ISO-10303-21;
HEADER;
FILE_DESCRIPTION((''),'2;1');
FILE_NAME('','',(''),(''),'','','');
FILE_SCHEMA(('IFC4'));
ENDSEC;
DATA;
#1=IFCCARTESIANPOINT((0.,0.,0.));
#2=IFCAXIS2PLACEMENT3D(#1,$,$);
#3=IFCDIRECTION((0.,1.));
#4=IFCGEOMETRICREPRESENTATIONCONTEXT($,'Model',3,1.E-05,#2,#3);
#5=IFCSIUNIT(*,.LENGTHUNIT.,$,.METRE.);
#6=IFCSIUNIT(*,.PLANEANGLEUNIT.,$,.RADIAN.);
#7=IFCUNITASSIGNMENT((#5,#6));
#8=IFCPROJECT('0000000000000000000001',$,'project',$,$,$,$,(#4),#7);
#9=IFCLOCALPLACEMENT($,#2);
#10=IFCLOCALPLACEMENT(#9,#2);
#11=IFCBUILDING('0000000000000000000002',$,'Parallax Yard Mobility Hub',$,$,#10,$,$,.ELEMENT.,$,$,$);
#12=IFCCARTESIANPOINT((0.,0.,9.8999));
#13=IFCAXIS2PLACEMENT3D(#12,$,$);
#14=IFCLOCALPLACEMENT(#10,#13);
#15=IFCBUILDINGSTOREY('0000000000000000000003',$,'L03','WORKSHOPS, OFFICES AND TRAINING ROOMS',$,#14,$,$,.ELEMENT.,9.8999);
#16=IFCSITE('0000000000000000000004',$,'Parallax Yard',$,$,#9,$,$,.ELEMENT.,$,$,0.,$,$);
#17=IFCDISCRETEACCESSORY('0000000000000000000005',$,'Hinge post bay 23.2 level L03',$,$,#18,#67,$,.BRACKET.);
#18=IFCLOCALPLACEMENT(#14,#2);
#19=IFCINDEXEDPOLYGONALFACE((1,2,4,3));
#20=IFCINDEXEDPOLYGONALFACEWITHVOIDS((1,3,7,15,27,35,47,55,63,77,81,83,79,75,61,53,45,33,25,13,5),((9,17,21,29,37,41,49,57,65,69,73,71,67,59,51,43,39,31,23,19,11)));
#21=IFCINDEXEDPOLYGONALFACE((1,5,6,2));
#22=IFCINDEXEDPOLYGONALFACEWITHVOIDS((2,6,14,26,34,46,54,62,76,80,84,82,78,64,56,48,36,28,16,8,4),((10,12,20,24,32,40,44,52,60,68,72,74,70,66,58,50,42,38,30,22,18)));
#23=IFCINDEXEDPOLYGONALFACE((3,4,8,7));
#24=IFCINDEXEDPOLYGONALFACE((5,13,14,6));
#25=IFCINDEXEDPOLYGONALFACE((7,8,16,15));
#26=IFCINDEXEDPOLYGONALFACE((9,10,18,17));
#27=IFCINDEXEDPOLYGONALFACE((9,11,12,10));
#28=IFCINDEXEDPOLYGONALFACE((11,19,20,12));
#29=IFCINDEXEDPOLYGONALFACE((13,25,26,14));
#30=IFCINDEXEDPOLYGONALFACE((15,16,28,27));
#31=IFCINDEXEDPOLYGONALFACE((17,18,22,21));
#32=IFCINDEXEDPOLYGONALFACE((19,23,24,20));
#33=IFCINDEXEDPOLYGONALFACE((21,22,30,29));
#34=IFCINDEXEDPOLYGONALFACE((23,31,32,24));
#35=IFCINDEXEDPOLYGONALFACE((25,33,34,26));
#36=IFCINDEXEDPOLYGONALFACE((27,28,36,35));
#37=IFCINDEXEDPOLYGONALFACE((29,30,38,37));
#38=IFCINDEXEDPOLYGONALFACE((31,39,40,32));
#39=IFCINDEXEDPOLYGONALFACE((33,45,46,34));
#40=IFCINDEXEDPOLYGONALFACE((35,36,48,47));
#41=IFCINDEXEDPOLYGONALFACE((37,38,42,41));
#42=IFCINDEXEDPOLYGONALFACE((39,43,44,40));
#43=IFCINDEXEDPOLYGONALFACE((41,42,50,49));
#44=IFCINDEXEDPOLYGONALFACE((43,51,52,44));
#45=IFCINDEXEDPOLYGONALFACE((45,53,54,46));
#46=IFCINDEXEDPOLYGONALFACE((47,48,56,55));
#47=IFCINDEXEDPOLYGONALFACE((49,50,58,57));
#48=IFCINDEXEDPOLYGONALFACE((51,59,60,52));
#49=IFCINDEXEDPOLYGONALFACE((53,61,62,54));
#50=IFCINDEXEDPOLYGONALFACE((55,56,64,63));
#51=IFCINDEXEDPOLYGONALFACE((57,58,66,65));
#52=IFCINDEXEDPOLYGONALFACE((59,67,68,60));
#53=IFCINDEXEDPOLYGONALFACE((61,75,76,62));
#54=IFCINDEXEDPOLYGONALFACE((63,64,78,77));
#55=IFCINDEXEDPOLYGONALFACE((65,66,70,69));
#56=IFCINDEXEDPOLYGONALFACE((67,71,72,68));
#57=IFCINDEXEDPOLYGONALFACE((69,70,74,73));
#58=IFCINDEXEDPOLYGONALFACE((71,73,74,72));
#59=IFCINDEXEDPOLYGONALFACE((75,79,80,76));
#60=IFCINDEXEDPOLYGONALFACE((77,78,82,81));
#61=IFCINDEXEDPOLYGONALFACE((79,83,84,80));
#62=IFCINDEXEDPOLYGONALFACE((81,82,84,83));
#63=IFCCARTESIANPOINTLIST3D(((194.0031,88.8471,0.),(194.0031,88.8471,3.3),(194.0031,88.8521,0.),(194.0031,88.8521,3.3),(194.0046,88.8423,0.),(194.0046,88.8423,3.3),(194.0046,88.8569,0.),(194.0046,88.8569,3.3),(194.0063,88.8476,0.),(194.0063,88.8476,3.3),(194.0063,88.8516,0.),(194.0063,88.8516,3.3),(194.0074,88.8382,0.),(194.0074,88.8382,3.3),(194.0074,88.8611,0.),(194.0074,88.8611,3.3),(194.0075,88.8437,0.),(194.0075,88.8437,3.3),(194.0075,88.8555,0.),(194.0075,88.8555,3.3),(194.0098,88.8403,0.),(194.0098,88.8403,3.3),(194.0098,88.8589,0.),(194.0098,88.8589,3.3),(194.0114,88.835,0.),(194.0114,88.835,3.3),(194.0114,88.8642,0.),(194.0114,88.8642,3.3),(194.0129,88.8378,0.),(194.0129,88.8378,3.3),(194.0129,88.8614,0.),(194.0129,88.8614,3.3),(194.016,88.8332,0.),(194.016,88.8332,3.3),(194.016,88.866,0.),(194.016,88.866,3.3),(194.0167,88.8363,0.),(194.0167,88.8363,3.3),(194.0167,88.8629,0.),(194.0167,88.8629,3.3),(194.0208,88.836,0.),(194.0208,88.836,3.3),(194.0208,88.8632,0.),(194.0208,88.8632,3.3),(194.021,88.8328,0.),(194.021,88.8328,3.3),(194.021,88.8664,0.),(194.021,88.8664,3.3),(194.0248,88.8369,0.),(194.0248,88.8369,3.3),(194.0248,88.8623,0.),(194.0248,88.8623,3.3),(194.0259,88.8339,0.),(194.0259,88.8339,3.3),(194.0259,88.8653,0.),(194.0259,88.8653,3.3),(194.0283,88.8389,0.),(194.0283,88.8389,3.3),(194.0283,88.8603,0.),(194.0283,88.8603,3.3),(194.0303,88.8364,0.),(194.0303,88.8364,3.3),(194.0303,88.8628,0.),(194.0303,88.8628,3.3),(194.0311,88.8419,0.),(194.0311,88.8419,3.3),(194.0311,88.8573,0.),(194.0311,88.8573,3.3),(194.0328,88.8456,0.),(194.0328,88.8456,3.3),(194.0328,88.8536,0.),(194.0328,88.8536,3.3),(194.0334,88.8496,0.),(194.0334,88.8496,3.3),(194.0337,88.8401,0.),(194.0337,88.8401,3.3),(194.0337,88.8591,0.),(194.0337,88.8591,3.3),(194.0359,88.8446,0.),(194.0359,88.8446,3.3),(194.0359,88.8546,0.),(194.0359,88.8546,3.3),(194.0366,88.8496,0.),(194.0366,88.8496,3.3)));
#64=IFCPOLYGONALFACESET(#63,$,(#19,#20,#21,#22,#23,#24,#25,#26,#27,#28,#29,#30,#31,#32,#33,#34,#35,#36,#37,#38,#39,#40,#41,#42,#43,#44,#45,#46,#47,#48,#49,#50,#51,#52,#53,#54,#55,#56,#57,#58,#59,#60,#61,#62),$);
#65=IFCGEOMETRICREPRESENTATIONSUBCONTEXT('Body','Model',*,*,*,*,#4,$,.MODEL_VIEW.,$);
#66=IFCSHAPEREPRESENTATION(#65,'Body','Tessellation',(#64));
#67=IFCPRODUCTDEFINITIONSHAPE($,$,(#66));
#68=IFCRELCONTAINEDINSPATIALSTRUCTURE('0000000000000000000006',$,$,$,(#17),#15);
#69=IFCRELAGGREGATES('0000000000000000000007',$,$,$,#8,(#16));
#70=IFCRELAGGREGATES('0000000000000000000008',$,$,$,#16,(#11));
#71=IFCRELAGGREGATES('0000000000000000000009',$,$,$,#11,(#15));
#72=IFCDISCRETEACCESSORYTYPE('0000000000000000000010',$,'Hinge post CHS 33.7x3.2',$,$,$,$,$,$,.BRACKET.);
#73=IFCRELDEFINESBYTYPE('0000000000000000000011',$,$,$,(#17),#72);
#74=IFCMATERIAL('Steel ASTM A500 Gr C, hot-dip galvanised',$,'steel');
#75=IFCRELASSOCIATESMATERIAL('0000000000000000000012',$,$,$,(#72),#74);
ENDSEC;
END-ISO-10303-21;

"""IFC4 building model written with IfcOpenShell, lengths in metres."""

from ifc_helpers import new_model, si_unit, direction, frame, origin, origin_2d, place, context, subcontext, project, spatial, hollow_circle, extrude, material, material_profile, profile_set, type_object, element, save


model = new_model("IFC4")

# Units and contexts
model_context = context("Model", 3, precision=1e-05, world=origin(), true_north=direction((0.0, 1.0)))
body_context = subcontext(model_context, "Body", "Model", "MODEL_VIEW")
ifc_project = project(units=[si_unit("LENGTHUNIT", "METRE"), si_unit("PLANEANGLEUNIT", "RADIAN")], contexts=[model_context])

# Site, building, storey
site_placement = place(None, origin())
site = spatial("IfcSite", under=ifc_project, at=site_placement, Name="Parallax Yard", CompositionType="ELEMENT", RefElevation=0.0)
building_placement = place(site_placement, origin())
building = spatial("IfcBuilding", under=site, at=building_placement, Name="Parallax Yard Mobility Hub", CompositionType="ELEMENT")
storey_placement = place(building_placement, frame((0.0, 0.0, 9.8999)))
storey = spatial("IfcBuildingStorey", under=building, at=storey_placement, Name="L03", Description="WORKSHOPS, OFFICES AND TRAINING ROOMS", CompositionType="ELEMENT", Elevation=9.8999)

# Discrete accessory
ifc_material_1 = material(Name="Steel ASTM A500 Gr C, hot-dip galvanised", Category="steel")
ifc_material_profile_1 = material_profile(ifc_material_1, hollow_circle(Radius=0.0168, WallThickness=0.0032, at=origin_2d()), Name="CHS 33.7x3.2")
ifc_profile_set_1 = profile_set([ifc_material_profile_1], Name="Steel ASTM A500 Gr C, hot-dip galvanised")
discrete_accessory_type_1 = type_object("IfcDiscreteAccessoryType", Name="Hinge post CHS 33.7x3.2", PredefinedType="BRACKET", material=ifc_profile_set_1)
for number, where, z_axis, x_axis, name in (
    (1, (194.0198, 88.8496, 0.0), (0.0, 0.0, 1.0), (1.0, 0.0, 0.0), "Hinge post bay 23.2 level L03"),
):
    element("IfcDiscreteAccessory", number, at=place(storey_placement, frame(where, z_axis=z_axis, x_axis=x_axis)), inside=storey, type_object=discrete_accessory_type_1, Name=name, PredefinedType="BRACKET", context=body_context, shape_type="SweptSolid", body=[
        extrude(hollow_circle(Radius=0.0168, WallThickness=0.0032, at=origin_2d()), origin(), (0.0, 0.0, 1.0), 3.3),
    ])

save(model, "model.ifc")
